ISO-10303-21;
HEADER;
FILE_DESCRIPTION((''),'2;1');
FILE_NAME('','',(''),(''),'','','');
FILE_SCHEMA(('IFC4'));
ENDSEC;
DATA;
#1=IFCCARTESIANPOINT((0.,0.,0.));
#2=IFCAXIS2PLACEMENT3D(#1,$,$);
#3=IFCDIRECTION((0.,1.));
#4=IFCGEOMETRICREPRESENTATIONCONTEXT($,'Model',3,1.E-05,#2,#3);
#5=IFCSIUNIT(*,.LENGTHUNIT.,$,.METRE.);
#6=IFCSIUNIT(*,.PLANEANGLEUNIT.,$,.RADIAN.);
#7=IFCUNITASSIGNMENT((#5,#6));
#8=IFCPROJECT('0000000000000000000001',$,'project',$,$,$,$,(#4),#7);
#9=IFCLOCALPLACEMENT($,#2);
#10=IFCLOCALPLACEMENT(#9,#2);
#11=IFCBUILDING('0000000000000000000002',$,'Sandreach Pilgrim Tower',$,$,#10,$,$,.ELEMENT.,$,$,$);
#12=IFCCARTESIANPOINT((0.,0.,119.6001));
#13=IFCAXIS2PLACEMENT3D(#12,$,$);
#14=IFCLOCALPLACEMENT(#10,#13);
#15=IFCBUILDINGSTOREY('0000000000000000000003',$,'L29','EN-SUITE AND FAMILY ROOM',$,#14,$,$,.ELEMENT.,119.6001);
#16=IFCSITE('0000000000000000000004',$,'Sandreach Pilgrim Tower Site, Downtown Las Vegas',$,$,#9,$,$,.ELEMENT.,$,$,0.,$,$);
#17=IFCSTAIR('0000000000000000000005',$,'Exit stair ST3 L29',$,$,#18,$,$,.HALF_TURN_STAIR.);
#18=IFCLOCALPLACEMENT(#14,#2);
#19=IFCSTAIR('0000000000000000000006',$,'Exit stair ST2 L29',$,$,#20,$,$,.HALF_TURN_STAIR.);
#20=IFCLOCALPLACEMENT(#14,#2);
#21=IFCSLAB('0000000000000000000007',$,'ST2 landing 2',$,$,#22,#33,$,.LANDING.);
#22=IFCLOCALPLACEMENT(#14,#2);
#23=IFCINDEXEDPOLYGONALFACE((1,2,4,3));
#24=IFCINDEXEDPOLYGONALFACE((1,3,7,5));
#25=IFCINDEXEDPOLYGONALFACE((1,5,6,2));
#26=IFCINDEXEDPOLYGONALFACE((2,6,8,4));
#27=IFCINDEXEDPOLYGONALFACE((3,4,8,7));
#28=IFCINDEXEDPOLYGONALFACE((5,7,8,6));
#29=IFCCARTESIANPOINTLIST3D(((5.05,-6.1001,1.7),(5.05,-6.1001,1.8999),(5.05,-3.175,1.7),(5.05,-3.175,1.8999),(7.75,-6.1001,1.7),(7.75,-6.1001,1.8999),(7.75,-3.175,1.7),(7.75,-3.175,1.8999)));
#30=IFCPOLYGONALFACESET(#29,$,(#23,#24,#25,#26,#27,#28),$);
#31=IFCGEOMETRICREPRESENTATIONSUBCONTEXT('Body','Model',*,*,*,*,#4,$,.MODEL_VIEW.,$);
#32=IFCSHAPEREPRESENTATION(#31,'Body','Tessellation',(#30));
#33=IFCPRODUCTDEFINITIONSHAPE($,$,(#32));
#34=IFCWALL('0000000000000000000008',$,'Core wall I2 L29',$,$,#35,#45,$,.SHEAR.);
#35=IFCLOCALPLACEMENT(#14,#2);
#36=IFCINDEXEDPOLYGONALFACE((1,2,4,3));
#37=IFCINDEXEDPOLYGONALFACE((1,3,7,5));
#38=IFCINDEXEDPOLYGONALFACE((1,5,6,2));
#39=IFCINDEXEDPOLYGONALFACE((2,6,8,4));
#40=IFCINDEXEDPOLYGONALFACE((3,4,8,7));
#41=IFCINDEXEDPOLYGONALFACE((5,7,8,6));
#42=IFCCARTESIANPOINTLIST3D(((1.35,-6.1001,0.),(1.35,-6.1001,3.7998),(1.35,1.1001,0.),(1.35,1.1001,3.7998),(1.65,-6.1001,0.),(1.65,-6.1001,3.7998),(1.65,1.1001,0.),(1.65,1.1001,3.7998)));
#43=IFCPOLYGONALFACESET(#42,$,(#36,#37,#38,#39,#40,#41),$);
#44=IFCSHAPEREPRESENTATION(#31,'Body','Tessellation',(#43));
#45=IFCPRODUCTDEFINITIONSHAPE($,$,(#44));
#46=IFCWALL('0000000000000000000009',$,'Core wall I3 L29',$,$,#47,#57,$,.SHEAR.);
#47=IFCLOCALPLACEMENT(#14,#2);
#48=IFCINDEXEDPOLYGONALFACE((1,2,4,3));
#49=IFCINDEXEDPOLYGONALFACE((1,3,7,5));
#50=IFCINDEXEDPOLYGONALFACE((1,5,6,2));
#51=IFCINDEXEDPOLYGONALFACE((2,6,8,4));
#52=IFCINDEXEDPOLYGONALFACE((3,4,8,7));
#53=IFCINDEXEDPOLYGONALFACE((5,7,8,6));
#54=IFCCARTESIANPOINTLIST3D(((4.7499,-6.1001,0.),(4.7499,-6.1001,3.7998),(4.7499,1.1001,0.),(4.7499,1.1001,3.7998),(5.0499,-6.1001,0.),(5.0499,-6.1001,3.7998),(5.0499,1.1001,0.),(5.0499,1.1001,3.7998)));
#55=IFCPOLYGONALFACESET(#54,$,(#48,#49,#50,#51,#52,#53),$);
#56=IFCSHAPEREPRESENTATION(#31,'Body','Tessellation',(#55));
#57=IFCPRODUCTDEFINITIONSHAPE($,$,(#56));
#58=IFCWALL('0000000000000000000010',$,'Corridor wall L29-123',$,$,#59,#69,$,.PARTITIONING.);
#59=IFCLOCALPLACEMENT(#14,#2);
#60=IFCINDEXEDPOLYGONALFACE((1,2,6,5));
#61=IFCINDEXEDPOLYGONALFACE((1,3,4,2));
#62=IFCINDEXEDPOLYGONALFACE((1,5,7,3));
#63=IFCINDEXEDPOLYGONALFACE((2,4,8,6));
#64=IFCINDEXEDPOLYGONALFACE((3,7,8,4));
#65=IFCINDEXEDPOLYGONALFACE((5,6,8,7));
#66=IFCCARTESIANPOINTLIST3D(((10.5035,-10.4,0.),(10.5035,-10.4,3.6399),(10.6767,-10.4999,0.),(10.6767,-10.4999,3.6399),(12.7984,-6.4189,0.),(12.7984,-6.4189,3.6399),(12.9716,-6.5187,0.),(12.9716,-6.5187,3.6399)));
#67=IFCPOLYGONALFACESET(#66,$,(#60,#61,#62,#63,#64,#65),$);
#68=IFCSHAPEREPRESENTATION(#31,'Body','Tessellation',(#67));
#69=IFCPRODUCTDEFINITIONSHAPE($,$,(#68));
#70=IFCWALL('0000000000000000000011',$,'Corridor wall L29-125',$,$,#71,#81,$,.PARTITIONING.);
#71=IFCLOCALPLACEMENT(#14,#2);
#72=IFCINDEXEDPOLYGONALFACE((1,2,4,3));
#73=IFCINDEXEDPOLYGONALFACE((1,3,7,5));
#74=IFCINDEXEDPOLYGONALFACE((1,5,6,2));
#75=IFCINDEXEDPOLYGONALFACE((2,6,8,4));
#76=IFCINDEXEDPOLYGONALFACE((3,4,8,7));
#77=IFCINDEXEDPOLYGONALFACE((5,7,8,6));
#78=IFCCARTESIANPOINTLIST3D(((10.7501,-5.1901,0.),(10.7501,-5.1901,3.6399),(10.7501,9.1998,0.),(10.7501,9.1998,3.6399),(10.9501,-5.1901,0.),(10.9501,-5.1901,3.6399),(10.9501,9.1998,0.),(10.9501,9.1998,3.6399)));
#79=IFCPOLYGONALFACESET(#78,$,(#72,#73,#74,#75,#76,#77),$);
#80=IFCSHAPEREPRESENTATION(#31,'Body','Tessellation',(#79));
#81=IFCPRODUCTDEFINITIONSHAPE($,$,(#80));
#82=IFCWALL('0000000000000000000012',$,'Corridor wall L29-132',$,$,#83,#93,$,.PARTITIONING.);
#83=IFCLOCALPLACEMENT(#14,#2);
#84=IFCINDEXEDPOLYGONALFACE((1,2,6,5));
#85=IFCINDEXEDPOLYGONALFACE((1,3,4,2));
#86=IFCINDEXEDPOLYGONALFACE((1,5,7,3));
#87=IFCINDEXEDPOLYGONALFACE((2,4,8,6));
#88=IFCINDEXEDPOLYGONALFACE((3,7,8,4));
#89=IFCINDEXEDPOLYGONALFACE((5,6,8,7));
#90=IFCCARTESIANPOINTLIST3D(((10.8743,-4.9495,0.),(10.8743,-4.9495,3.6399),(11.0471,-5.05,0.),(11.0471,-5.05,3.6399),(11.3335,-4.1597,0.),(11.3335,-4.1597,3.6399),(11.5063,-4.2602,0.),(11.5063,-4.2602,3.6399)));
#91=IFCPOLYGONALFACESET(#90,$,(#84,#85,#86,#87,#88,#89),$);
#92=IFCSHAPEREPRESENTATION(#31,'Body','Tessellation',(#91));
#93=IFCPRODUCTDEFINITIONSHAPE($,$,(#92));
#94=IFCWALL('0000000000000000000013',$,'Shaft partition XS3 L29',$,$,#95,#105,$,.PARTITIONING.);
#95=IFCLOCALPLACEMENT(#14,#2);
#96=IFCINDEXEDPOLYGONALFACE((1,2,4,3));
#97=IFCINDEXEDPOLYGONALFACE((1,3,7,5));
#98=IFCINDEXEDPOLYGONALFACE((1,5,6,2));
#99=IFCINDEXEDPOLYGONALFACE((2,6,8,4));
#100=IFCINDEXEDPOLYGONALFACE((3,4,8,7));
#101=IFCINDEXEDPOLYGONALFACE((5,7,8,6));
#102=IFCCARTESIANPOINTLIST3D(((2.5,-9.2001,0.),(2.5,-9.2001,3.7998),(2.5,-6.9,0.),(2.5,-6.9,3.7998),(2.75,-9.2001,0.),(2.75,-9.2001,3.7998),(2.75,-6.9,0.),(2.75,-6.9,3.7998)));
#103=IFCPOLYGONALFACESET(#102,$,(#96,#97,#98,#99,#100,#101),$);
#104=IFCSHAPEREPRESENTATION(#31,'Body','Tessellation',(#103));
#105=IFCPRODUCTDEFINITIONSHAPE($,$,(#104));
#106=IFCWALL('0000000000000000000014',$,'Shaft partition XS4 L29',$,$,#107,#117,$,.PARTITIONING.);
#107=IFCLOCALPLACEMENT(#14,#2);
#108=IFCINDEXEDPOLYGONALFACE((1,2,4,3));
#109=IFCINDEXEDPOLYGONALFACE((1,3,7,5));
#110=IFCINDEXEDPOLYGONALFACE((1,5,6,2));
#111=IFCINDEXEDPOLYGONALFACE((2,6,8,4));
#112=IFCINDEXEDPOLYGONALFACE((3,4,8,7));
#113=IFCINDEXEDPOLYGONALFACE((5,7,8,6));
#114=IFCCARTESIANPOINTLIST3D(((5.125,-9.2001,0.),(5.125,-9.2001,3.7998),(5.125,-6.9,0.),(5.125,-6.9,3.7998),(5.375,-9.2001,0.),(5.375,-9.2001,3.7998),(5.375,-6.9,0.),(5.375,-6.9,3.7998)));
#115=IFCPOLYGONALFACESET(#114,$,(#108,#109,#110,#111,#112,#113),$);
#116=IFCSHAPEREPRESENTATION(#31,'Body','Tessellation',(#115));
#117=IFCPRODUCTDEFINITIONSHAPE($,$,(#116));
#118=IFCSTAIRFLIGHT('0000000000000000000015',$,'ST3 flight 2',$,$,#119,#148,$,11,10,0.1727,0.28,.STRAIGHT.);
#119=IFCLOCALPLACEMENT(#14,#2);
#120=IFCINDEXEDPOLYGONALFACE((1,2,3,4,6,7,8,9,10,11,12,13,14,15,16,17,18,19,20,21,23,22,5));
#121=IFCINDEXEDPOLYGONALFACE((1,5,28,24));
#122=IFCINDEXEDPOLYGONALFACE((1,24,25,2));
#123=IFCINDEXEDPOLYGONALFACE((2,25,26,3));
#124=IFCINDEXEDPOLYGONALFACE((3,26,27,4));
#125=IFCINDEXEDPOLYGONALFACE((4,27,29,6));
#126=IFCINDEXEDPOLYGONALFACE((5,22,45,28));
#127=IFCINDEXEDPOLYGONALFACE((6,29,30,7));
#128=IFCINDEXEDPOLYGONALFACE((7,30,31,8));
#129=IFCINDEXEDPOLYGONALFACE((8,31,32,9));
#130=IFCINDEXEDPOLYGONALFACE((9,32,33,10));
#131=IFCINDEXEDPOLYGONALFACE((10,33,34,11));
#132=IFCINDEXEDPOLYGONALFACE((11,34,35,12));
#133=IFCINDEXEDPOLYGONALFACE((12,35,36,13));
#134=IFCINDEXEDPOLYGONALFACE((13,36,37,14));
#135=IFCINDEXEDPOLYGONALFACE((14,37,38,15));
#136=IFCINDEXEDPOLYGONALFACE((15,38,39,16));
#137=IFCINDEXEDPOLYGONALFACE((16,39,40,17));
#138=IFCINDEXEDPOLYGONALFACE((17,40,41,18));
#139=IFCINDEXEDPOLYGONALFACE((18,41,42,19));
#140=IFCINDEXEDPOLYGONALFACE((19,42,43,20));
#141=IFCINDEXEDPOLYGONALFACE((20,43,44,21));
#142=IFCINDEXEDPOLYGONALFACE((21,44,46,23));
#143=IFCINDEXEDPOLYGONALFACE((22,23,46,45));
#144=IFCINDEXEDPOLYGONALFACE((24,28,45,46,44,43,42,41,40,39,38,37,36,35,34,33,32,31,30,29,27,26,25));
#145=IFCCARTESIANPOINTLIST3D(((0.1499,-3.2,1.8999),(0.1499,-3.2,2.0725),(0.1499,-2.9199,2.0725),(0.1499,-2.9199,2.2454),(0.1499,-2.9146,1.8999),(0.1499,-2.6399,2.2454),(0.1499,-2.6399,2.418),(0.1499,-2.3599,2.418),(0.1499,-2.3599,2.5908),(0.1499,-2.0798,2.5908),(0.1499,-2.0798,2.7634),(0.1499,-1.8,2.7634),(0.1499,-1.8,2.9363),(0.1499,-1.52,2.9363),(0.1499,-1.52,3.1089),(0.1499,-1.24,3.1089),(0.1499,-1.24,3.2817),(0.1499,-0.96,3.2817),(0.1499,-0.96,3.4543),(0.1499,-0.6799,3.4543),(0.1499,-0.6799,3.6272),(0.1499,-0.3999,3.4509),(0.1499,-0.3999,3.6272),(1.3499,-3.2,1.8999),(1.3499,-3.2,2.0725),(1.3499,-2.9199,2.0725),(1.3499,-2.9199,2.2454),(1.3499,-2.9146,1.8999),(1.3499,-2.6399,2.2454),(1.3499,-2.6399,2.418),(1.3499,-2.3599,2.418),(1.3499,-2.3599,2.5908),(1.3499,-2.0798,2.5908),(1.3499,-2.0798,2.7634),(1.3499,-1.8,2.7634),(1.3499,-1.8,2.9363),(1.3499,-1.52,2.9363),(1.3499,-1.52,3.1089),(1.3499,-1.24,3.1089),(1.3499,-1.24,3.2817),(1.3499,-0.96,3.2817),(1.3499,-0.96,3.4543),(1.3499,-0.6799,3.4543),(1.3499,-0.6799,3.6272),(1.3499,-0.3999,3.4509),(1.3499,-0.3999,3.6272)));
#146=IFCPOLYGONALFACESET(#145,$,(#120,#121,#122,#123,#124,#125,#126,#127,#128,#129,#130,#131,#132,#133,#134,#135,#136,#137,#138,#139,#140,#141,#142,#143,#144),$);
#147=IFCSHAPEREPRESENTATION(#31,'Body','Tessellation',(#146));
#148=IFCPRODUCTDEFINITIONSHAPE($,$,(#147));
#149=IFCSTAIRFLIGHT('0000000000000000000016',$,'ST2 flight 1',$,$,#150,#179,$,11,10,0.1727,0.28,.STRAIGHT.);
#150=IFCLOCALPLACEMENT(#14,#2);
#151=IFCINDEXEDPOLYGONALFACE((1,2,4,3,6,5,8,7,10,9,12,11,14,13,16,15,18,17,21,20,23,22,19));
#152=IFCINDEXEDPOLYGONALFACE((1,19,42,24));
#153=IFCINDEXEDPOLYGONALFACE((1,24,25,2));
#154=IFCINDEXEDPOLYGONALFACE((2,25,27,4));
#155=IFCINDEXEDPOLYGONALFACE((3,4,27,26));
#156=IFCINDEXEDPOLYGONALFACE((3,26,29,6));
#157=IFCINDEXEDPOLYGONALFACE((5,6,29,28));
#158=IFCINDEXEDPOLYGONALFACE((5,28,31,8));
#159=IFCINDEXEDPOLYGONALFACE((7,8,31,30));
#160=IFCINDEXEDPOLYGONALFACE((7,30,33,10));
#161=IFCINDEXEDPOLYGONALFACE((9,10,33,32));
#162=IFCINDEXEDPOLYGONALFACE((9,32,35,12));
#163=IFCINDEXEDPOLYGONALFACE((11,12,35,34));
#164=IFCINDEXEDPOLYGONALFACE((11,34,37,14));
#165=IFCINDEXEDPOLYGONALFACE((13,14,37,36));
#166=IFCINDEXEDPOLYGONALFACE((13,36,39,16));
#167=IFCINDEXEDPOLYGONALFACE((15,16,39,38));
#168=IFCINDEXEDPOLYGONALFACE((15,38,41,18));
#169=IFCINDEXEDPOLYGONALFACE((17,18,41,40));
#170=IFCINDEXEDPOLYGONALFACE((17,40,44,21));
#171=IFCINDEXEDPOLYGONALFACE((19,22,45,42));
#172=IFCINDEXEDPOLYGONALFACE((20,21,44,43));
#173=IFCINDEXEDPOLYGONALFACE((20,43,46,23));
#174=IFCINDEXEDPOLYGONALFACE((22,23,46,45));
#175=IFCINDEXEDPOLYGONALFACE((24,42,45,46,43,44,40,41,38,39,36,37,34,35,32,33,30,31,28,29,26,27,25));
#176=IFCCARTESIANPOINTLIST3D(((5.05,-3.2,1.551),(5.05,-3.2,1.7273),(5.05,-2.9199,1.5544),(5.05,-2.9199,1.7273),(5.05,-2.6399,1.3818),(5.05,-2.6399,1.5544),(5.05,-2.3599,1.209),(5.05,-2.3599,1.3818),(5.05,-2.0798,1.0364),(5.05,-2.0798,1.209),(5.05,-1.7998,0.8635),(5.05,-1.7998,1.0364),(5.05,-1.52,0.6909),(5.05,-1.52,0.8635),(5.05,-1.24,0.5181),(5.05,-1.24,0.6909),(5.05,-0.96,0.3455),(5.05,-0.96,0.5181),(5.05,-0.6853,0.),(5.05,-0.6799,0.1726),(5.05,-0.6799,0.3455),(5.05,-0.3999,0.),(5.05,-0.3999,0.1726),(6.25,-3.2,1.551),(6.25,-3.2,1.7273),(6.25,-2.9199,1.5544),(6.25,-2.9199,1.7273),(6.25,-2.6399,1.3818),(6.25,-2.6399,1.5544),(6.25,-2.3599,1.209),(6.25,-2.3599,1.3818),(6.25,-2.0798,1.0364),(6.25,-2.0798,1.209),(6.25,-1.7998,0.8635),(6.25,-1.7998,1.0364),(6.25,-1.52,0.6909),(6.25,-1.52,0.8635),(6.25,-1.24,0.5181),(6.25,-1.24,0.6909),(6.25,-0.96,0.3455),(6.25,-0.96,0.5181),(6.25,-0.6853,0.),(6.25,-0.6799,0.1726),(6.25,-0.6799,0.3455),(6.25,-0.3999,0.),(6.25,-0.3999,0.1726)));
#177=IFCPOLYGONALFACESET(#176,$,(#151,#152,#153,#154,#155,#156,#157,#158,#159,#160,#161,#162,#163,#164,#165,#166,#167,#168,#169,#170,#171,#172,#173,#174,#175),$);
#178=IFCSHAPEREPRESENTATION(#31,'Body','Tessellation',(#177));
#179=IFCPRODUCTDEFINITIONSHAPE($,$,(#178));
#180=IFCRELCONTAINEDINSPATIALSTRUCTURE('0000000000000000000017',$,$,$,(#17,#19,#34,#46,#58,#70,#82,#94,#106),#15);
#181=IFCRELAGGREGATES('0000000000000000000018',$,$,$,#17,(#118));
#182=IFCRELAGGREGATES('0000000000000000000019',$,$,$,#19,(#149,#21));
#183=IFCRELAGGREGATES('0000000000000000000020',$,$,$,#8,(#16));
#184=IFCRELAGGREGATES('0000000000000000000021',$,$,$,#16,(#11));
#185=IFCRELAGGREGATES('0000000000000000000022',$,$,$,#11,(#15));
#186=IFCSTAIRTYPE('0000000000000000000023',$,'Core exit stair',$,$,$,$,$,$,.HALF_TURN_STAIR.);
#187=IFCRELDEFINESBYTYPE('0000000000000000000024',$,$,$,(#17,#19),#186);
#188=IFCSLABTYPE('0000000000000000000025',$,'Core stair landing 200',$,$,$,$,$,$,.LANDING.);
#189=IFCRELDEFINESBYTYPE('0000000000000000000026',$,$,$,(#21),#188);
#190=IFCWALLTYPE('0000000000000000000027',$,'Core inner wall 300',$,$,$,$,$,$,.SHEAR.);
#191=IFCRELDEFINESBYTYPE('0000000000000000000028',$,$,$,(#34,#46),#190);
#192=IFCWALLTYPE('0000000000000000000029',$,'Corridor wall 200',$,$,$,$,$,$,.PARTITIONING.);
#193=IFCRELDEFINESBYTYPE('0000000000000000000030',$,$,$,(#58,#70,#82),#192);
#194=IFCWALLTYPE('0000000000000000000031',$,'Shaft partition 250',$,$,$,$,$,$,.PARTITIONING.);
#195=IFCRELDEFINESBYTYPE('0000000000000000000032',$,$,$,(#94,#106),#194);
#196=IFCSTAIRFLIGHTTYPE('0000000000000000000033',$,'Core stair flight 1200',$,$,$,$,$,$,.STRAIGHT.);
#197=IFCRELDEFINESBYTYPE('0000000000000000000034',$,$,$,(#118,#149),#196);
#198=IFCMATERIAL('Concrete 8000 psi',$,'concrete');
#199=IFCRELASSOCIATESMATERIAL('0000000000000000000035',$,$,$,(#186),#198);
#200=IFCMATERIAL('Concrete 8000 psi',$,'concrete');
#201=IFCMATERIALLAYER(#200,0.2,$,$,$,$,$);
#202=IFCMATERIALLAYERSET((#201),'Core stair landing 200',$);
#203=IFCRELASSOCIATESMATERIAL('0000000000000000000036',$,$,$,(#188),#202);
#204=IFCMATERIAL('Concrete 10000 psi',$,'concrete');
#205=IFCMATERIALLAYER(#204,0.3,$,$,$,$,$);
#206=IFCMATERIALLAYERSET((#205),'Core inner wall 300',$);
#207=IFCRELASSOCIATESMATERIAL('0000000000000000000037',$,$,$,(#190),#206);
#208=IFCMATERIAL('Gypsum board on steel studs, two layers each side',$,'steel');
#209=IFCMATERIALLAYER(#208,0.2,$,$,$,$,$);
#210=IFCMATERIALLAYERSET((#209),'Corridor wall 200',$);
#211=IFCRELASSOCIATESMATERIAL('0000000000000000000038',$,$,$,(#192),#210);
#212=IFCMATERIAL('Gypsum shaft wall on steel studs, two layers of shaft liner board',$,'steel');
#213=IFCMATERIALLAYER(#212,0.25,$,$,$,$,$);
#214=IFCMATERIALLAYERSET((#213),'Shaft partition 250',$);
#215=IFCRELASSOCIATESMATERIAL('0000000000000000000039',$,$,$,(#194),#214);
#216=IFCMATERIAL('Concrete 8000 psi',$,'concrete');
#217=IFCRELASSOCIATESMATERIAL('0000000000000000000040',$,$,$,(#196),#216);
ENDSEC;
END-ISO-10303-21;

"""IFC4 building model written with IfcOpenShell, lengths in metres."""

from ifc_helpers import new_model, si_unit, direction, frame, frame_2d, origin, place, context, subcontext, project, spatial, polyline, rectangle, outline, extrude, material, layer, layer_set, type_object, element, aggregate, save


model = new_model("IFC4")

# Units and contexts
model_context = context("Model", 3, precision=1e-05, world=origin(), true_north=direction((0.0, 1.0)))
body_context = subcontext(model_context, "Body", "Model", "MODEL_VIEW")
ifc_project = project(units=[si_unit("LENGTHUNIT", "METRE"), si_unit("PLANEANGLEUNIT", "RADIAN")], contexts=[model_context])

# Site, building, storey
site_placement = place(None, origin())
site = spatial("IfcSite", under=ifc_project, at=site_placement, Name="Sandreach Pilgrim Tower Site, Downtown Las Vegas", CompositionType="ELEMENT", RefElevation=0.0)
building_placement = place(site_placement, origin())
building = spatial("IfcBuilding", under=site, at=building_placement, Name="Sandreach Pilgrim Tower", CompositionType="ELEMENT")
storey_placement = place(building_placement, frame((0.0, 0.0, 119.6001)))
storey = spatial("IfcBuildingStorey", under=building, at=storey_placement, Name="L29", Description="EN-SUITE AND FAMILY ROOM", CompositionType="ELEMENT", Elevation=119.6001)

# Stairs, slab
ifc_material_1 = material(Name="Concrete 8000 psi", Category="concrete")
stair_type = type_object("IfcStairType", Name="Core exit stair", PredefinedType="HALF_TURN_STAIR", material=ifc_material_1)
ifc_material_2 = material(Name="Concrete 8000 psi", Category="concrete")
ifc_layer_1 = layer(ifc_material_2, 0.2)
ifc_layer_set_1 = layer_set([ifc_layer_1], Name="Core stair landing 200")
slab_type_1 = type_object("IfcSlabType", Name="Core stair landing 200", PredefinedType="LANDING", material=ifc_layer_set_1)
stair_1_placement = place(storey_placement, origin())
stair_1 = element("IfcStair", 1, at=stair_1_placement, inside=storey, type_object=stair_type, Name="Exit stair ST3 L29", PredefinedType="HALF_TURN_STAIR")
stair_2_placement = place(storey_placement, origin())
stair_2 = element("IfcStair", 2, at=stair_2_placement, inside=storey, type_object=stair_type, Name="Exit stair ST2 L29", PredefinedType="HALF_TURN_STAIR")
slab_1_placement = place(storey_placement, frame((0.0, 0.0, 1.7)))
slab_1 = element("IfcSlab", 3, at=slab_1_placement, type_object=slab_type_1, Name="ST2 landing 2", PredefinedType="LANDING", context=body_context, shape_type="SweptSolid", body=[
    extrude(outline(polyline([(5.05, -6.1001), (7.75, -6.1001), (7.75, -3.175), (5.05, -3.175), (5.05, -6.1001)])), origin(), (0.0, 0.0, 1.0), 0.2),
])

# Walls
ifc_material_3 = material(Name="Concrete 10000 psi", Category="concrete")
ifc_layer_2 = layer(ifc_material_3, 0.3)
ifc_layer_set_2 = layer_set([ifc_layer_2], Name="Core inner wall 300")
wall_type_1 = type_object("IfcWallType", Name="Core inner wall 300", PredefinedType="SHEAR", material=ifc_layer_set_2)
for number, where, z_axis, x_axis, name in (
    (4, (1.5, -6.1001, 0.0), (0.0, 0.0, 1.0), (0.0, 1.0, 0.0), "Core wall I2 L29"),
    (5, (4.8999, -6.1001, 0.0), (0.0, 0.0, 1.0), (0.0, 1.0, 0.0), "Core wall I3 L29"),
):
    element("IfcWall", number, at=place(storey_placement, frame(where, z_axis=z_axis, x_axis=x_axis)), inside=storey, type_object=wall_type_1, Name=name, PredefinedType="SHEAR", context=body_context, shape_type="SweptSolid", body=[
        extrude(rectangle(XDim=7.2002, YDim=0.3, at=frame_2d((3.6001, 0.0))), origin(), (0.0, 0.0, 1.0), 3.7998),
    ])

# Walls
ifc_material_4 = material(Name="Gypsum board on steel studs, two layers each side", Category="steel")
ifc_layer_3 = layer(ifc_material_4, 0.2)
ifc_layer_set_3 = layer_set([ifc_layer_3], Name="Corridor wall 200")
wall_type_2 = type_object("IfcWallType", Name="Corridor wall 200", PredefinedType="PARTITIONING", material=ifc_layer_set_3)
wall_1_placement = place(storey_placement, frame((10.5901, -10.45, 0.0), z_axis=(0.0, 0.0, 1.0), x_axis=(0.499408, 0.866367, 0.0)))
element("IfcWall", 6, at=wall_1_placement, inside=storey, type_object=wall_type_2, Name="Corridor wall L29-123", PredefinedType="PARTITIONING", context=body_context, shape_type="SweptSolid", body=[
    extrude(rectangle(XDim=4.5952, YDim=0.2, at=frame_2d((2.2976, 0.0))), origin(), (0.0, 0.0, 1.0), 3.6399),
])
wall_2_placement = place(storey_placement, frame((10.8501, -5.1899, 0.0), z_axis=(0.0, 0.0, 1.0), x_axis=(0.0, 1.0, 0.0)))
element("IfcWall", 7, at=wall_2_placement, inside=storey, type_object=wall_type_2, Name="Corridor wall L29-125", PredefinedType="PARTITIONING", context=body_context, shape_type="SweptSolid", body=[
    extrude(rectangle(XDim=14.3899, YDim=0.2, at=frame_2d((7.1948, 0.0))), origin(), (0.0, 0.0, 1.0), 3.6399),
])
wall_3_placement = place(storey_placement, frame((11.4199, -4.21, 0.0), z_axis=(0.0, 0.0, 1.0), x_axis=(-0.502658, -0.864486, 0.0)))
element("IfcWall", 8, at=wall_3_placement, inside=storey, type_object=wall_type_2, Name="Corridor wall L29-132", PredefinedType="PARTITIONING", context=body_context, shape_type="SweptSolid", body=[
    extrude(rectangle(XDim=0.9136, YDim=0.2, at=frame_2d((0.4568, 0.0))), origin(), (0.0, 0.0, 1.0), 3.6399),
])
ifc_material_5 = material(Name="Gypsum shaft wall on steel studs, two layers of shaft liner board", Category="steel")
ifc_layer_4 = layer(ifc_material_5, 0.25)
ifc_layer_set_4 = layer_set([ifc_layer_4], Name="Shaft partition 250")
wall_type_3 = type_object("IfcWallType", Name="Shaft partition 250", PredefinedType="PARTITIONING", material=ifc_layer_set_4)
for number, where, z_axis, x_axis, name in (
    (9, (2.625, -9.2, 0.0), (0.0, 0.0, 1.0), (0.0, 1.0, 0.0), "Shaft partition XS3 L29"),
    (10, (5.25, -9.2, 0.0), (0.0, 0.0, 1.0), (0.0, 1.0, 0.0), "Shaft partition XS4 L29"),
):
    element("IfcWall", number, at=place(storey_placement, frame(where, z_axis=z_axis, x_axis=x_axis)), inside=storey, type_object=wall_type_3, Name=name, PredefinedType="PARTITIONING", context=body_context, shape_type="SweptSolid", body=[
        extrude(rectangle(XDim=2.3, YDim=0.25, at=frame_2d((1.1499, 0.0))), origin(), (0.0, 0.0, 1.0), 3.7998),
    ])

# Stair flights
ifc_material_6 = material(Name="Concrete 8000 psi", Category="concrete")
stair_flight_type = type_object("IfcStairFlightType", Name="Core stair flight 1200", PredefinedType="STRAIGHT", material=ifc_material_6)
stair_flight_1_placement = place(storey_placement, frame((0.75, -3.2, 1.8999), z_axis=(0.0, 0.0, 1.0), x_axis=(0.0, 1.0, 0.0)))
stair_flight_1 = element("IfcStairFlight", 11, at=stair_flight_1_placement, type_object=stair_flight_type, Name="ST3 flight 2", NumberOfRisers=11, NumberOfTreads=10, PredefinedType="STRAIGHT", RiserHeight=0.1727, TreadLength=0.28, context=body_context, shape_type="SweptSolid", body=[
    extrude(outline(polyline([(0.0, 0.0), (0.0, 0.1726), (0.28, 0.1726), (0.28, 0.3455), (0.5601, 0.3455), (0.5601, 0.5181), (0.8401, 0.5181), (0.8401, 0.6909), (1.1201, 0.6909), (1.1201, 0.8635), (1.3999, 0.8635), (1.3999, 1.0364), (1.6799, 1.0364), (1.6799, 1.209), (1.96, 1.209), (1.96, 1.3818), (2.24, 1.3818), (2.24, 1.5544), (2.52, 1.5544), (2.52, 1.7273), (2.8, 1.7273), (2.8, 1.8999), (2.8, 1.551), (0.2854, 0.0), (0.0, 0.0)])), frame((0.0, 0.6001, 0.0), z_axis=(0.0, -1.0, 0.0), x_axis=(1.0, 0.0, 0.0)), (0.0, 0.0, 1.0), 1.2),
])
aggregate(stair_1, [stair_flight_1])
stair_flight_2_placement = place(storey_placement, frame((5.6499, -0.3999, 0.0), z_axis=(0.0, 0.0, 1.0), x_axis=(0.0, -1.0, 0.0)))
stair_flight_2 = element("IfcStairFlight", 12, at=stair_flight_2_placement, type_object=stair_flight_type, Name="ST2 flight 1", NumberOfRisers=11, NumberOfTreads=10, PredefinedType="STRAIGHT", RiserHeight=0.1727, TreadLength=0.28, context=body_context, shape_type="SweptSolid", body=[
    extrude(outline(polyline([(0.0, 0.0), (0.0, 0.1726), (0.28, 0.1726), (0.28, 0.3455), (0.5601, 0.3455), (0.5601, 0.5181), (0.8401, 0.5181), (0.8401, 0.6909), (1.1201, 0.6909), (1.1201, 0.8635), (1.3999, 0.8635), (1.3999, 1.0364), (1.6799, 1.0364), (1.6799, 1.209), (1.96, 1.209), (1.96, 1.3818), (2.24, 1.3818), (2.24, 1.5544), (2.52, 1.5544), (2.52, 1.7273), (2.8, 1.7273), (2.8, 1.8999), (2.8, 1.551), (0.2854, 0.0), (0.0, 0.0)])), frame((0.0, 0.6001, 0.0), z_axis=(0.0, -1.0, 0.0), x_axis=(1.0, 0.0, 0.0)), (0.0, 0.0, 1.0), 1.2),
])
aggregate(stair_2, [stair_flight_2, slab_1])

save(model, "model.ifc")
